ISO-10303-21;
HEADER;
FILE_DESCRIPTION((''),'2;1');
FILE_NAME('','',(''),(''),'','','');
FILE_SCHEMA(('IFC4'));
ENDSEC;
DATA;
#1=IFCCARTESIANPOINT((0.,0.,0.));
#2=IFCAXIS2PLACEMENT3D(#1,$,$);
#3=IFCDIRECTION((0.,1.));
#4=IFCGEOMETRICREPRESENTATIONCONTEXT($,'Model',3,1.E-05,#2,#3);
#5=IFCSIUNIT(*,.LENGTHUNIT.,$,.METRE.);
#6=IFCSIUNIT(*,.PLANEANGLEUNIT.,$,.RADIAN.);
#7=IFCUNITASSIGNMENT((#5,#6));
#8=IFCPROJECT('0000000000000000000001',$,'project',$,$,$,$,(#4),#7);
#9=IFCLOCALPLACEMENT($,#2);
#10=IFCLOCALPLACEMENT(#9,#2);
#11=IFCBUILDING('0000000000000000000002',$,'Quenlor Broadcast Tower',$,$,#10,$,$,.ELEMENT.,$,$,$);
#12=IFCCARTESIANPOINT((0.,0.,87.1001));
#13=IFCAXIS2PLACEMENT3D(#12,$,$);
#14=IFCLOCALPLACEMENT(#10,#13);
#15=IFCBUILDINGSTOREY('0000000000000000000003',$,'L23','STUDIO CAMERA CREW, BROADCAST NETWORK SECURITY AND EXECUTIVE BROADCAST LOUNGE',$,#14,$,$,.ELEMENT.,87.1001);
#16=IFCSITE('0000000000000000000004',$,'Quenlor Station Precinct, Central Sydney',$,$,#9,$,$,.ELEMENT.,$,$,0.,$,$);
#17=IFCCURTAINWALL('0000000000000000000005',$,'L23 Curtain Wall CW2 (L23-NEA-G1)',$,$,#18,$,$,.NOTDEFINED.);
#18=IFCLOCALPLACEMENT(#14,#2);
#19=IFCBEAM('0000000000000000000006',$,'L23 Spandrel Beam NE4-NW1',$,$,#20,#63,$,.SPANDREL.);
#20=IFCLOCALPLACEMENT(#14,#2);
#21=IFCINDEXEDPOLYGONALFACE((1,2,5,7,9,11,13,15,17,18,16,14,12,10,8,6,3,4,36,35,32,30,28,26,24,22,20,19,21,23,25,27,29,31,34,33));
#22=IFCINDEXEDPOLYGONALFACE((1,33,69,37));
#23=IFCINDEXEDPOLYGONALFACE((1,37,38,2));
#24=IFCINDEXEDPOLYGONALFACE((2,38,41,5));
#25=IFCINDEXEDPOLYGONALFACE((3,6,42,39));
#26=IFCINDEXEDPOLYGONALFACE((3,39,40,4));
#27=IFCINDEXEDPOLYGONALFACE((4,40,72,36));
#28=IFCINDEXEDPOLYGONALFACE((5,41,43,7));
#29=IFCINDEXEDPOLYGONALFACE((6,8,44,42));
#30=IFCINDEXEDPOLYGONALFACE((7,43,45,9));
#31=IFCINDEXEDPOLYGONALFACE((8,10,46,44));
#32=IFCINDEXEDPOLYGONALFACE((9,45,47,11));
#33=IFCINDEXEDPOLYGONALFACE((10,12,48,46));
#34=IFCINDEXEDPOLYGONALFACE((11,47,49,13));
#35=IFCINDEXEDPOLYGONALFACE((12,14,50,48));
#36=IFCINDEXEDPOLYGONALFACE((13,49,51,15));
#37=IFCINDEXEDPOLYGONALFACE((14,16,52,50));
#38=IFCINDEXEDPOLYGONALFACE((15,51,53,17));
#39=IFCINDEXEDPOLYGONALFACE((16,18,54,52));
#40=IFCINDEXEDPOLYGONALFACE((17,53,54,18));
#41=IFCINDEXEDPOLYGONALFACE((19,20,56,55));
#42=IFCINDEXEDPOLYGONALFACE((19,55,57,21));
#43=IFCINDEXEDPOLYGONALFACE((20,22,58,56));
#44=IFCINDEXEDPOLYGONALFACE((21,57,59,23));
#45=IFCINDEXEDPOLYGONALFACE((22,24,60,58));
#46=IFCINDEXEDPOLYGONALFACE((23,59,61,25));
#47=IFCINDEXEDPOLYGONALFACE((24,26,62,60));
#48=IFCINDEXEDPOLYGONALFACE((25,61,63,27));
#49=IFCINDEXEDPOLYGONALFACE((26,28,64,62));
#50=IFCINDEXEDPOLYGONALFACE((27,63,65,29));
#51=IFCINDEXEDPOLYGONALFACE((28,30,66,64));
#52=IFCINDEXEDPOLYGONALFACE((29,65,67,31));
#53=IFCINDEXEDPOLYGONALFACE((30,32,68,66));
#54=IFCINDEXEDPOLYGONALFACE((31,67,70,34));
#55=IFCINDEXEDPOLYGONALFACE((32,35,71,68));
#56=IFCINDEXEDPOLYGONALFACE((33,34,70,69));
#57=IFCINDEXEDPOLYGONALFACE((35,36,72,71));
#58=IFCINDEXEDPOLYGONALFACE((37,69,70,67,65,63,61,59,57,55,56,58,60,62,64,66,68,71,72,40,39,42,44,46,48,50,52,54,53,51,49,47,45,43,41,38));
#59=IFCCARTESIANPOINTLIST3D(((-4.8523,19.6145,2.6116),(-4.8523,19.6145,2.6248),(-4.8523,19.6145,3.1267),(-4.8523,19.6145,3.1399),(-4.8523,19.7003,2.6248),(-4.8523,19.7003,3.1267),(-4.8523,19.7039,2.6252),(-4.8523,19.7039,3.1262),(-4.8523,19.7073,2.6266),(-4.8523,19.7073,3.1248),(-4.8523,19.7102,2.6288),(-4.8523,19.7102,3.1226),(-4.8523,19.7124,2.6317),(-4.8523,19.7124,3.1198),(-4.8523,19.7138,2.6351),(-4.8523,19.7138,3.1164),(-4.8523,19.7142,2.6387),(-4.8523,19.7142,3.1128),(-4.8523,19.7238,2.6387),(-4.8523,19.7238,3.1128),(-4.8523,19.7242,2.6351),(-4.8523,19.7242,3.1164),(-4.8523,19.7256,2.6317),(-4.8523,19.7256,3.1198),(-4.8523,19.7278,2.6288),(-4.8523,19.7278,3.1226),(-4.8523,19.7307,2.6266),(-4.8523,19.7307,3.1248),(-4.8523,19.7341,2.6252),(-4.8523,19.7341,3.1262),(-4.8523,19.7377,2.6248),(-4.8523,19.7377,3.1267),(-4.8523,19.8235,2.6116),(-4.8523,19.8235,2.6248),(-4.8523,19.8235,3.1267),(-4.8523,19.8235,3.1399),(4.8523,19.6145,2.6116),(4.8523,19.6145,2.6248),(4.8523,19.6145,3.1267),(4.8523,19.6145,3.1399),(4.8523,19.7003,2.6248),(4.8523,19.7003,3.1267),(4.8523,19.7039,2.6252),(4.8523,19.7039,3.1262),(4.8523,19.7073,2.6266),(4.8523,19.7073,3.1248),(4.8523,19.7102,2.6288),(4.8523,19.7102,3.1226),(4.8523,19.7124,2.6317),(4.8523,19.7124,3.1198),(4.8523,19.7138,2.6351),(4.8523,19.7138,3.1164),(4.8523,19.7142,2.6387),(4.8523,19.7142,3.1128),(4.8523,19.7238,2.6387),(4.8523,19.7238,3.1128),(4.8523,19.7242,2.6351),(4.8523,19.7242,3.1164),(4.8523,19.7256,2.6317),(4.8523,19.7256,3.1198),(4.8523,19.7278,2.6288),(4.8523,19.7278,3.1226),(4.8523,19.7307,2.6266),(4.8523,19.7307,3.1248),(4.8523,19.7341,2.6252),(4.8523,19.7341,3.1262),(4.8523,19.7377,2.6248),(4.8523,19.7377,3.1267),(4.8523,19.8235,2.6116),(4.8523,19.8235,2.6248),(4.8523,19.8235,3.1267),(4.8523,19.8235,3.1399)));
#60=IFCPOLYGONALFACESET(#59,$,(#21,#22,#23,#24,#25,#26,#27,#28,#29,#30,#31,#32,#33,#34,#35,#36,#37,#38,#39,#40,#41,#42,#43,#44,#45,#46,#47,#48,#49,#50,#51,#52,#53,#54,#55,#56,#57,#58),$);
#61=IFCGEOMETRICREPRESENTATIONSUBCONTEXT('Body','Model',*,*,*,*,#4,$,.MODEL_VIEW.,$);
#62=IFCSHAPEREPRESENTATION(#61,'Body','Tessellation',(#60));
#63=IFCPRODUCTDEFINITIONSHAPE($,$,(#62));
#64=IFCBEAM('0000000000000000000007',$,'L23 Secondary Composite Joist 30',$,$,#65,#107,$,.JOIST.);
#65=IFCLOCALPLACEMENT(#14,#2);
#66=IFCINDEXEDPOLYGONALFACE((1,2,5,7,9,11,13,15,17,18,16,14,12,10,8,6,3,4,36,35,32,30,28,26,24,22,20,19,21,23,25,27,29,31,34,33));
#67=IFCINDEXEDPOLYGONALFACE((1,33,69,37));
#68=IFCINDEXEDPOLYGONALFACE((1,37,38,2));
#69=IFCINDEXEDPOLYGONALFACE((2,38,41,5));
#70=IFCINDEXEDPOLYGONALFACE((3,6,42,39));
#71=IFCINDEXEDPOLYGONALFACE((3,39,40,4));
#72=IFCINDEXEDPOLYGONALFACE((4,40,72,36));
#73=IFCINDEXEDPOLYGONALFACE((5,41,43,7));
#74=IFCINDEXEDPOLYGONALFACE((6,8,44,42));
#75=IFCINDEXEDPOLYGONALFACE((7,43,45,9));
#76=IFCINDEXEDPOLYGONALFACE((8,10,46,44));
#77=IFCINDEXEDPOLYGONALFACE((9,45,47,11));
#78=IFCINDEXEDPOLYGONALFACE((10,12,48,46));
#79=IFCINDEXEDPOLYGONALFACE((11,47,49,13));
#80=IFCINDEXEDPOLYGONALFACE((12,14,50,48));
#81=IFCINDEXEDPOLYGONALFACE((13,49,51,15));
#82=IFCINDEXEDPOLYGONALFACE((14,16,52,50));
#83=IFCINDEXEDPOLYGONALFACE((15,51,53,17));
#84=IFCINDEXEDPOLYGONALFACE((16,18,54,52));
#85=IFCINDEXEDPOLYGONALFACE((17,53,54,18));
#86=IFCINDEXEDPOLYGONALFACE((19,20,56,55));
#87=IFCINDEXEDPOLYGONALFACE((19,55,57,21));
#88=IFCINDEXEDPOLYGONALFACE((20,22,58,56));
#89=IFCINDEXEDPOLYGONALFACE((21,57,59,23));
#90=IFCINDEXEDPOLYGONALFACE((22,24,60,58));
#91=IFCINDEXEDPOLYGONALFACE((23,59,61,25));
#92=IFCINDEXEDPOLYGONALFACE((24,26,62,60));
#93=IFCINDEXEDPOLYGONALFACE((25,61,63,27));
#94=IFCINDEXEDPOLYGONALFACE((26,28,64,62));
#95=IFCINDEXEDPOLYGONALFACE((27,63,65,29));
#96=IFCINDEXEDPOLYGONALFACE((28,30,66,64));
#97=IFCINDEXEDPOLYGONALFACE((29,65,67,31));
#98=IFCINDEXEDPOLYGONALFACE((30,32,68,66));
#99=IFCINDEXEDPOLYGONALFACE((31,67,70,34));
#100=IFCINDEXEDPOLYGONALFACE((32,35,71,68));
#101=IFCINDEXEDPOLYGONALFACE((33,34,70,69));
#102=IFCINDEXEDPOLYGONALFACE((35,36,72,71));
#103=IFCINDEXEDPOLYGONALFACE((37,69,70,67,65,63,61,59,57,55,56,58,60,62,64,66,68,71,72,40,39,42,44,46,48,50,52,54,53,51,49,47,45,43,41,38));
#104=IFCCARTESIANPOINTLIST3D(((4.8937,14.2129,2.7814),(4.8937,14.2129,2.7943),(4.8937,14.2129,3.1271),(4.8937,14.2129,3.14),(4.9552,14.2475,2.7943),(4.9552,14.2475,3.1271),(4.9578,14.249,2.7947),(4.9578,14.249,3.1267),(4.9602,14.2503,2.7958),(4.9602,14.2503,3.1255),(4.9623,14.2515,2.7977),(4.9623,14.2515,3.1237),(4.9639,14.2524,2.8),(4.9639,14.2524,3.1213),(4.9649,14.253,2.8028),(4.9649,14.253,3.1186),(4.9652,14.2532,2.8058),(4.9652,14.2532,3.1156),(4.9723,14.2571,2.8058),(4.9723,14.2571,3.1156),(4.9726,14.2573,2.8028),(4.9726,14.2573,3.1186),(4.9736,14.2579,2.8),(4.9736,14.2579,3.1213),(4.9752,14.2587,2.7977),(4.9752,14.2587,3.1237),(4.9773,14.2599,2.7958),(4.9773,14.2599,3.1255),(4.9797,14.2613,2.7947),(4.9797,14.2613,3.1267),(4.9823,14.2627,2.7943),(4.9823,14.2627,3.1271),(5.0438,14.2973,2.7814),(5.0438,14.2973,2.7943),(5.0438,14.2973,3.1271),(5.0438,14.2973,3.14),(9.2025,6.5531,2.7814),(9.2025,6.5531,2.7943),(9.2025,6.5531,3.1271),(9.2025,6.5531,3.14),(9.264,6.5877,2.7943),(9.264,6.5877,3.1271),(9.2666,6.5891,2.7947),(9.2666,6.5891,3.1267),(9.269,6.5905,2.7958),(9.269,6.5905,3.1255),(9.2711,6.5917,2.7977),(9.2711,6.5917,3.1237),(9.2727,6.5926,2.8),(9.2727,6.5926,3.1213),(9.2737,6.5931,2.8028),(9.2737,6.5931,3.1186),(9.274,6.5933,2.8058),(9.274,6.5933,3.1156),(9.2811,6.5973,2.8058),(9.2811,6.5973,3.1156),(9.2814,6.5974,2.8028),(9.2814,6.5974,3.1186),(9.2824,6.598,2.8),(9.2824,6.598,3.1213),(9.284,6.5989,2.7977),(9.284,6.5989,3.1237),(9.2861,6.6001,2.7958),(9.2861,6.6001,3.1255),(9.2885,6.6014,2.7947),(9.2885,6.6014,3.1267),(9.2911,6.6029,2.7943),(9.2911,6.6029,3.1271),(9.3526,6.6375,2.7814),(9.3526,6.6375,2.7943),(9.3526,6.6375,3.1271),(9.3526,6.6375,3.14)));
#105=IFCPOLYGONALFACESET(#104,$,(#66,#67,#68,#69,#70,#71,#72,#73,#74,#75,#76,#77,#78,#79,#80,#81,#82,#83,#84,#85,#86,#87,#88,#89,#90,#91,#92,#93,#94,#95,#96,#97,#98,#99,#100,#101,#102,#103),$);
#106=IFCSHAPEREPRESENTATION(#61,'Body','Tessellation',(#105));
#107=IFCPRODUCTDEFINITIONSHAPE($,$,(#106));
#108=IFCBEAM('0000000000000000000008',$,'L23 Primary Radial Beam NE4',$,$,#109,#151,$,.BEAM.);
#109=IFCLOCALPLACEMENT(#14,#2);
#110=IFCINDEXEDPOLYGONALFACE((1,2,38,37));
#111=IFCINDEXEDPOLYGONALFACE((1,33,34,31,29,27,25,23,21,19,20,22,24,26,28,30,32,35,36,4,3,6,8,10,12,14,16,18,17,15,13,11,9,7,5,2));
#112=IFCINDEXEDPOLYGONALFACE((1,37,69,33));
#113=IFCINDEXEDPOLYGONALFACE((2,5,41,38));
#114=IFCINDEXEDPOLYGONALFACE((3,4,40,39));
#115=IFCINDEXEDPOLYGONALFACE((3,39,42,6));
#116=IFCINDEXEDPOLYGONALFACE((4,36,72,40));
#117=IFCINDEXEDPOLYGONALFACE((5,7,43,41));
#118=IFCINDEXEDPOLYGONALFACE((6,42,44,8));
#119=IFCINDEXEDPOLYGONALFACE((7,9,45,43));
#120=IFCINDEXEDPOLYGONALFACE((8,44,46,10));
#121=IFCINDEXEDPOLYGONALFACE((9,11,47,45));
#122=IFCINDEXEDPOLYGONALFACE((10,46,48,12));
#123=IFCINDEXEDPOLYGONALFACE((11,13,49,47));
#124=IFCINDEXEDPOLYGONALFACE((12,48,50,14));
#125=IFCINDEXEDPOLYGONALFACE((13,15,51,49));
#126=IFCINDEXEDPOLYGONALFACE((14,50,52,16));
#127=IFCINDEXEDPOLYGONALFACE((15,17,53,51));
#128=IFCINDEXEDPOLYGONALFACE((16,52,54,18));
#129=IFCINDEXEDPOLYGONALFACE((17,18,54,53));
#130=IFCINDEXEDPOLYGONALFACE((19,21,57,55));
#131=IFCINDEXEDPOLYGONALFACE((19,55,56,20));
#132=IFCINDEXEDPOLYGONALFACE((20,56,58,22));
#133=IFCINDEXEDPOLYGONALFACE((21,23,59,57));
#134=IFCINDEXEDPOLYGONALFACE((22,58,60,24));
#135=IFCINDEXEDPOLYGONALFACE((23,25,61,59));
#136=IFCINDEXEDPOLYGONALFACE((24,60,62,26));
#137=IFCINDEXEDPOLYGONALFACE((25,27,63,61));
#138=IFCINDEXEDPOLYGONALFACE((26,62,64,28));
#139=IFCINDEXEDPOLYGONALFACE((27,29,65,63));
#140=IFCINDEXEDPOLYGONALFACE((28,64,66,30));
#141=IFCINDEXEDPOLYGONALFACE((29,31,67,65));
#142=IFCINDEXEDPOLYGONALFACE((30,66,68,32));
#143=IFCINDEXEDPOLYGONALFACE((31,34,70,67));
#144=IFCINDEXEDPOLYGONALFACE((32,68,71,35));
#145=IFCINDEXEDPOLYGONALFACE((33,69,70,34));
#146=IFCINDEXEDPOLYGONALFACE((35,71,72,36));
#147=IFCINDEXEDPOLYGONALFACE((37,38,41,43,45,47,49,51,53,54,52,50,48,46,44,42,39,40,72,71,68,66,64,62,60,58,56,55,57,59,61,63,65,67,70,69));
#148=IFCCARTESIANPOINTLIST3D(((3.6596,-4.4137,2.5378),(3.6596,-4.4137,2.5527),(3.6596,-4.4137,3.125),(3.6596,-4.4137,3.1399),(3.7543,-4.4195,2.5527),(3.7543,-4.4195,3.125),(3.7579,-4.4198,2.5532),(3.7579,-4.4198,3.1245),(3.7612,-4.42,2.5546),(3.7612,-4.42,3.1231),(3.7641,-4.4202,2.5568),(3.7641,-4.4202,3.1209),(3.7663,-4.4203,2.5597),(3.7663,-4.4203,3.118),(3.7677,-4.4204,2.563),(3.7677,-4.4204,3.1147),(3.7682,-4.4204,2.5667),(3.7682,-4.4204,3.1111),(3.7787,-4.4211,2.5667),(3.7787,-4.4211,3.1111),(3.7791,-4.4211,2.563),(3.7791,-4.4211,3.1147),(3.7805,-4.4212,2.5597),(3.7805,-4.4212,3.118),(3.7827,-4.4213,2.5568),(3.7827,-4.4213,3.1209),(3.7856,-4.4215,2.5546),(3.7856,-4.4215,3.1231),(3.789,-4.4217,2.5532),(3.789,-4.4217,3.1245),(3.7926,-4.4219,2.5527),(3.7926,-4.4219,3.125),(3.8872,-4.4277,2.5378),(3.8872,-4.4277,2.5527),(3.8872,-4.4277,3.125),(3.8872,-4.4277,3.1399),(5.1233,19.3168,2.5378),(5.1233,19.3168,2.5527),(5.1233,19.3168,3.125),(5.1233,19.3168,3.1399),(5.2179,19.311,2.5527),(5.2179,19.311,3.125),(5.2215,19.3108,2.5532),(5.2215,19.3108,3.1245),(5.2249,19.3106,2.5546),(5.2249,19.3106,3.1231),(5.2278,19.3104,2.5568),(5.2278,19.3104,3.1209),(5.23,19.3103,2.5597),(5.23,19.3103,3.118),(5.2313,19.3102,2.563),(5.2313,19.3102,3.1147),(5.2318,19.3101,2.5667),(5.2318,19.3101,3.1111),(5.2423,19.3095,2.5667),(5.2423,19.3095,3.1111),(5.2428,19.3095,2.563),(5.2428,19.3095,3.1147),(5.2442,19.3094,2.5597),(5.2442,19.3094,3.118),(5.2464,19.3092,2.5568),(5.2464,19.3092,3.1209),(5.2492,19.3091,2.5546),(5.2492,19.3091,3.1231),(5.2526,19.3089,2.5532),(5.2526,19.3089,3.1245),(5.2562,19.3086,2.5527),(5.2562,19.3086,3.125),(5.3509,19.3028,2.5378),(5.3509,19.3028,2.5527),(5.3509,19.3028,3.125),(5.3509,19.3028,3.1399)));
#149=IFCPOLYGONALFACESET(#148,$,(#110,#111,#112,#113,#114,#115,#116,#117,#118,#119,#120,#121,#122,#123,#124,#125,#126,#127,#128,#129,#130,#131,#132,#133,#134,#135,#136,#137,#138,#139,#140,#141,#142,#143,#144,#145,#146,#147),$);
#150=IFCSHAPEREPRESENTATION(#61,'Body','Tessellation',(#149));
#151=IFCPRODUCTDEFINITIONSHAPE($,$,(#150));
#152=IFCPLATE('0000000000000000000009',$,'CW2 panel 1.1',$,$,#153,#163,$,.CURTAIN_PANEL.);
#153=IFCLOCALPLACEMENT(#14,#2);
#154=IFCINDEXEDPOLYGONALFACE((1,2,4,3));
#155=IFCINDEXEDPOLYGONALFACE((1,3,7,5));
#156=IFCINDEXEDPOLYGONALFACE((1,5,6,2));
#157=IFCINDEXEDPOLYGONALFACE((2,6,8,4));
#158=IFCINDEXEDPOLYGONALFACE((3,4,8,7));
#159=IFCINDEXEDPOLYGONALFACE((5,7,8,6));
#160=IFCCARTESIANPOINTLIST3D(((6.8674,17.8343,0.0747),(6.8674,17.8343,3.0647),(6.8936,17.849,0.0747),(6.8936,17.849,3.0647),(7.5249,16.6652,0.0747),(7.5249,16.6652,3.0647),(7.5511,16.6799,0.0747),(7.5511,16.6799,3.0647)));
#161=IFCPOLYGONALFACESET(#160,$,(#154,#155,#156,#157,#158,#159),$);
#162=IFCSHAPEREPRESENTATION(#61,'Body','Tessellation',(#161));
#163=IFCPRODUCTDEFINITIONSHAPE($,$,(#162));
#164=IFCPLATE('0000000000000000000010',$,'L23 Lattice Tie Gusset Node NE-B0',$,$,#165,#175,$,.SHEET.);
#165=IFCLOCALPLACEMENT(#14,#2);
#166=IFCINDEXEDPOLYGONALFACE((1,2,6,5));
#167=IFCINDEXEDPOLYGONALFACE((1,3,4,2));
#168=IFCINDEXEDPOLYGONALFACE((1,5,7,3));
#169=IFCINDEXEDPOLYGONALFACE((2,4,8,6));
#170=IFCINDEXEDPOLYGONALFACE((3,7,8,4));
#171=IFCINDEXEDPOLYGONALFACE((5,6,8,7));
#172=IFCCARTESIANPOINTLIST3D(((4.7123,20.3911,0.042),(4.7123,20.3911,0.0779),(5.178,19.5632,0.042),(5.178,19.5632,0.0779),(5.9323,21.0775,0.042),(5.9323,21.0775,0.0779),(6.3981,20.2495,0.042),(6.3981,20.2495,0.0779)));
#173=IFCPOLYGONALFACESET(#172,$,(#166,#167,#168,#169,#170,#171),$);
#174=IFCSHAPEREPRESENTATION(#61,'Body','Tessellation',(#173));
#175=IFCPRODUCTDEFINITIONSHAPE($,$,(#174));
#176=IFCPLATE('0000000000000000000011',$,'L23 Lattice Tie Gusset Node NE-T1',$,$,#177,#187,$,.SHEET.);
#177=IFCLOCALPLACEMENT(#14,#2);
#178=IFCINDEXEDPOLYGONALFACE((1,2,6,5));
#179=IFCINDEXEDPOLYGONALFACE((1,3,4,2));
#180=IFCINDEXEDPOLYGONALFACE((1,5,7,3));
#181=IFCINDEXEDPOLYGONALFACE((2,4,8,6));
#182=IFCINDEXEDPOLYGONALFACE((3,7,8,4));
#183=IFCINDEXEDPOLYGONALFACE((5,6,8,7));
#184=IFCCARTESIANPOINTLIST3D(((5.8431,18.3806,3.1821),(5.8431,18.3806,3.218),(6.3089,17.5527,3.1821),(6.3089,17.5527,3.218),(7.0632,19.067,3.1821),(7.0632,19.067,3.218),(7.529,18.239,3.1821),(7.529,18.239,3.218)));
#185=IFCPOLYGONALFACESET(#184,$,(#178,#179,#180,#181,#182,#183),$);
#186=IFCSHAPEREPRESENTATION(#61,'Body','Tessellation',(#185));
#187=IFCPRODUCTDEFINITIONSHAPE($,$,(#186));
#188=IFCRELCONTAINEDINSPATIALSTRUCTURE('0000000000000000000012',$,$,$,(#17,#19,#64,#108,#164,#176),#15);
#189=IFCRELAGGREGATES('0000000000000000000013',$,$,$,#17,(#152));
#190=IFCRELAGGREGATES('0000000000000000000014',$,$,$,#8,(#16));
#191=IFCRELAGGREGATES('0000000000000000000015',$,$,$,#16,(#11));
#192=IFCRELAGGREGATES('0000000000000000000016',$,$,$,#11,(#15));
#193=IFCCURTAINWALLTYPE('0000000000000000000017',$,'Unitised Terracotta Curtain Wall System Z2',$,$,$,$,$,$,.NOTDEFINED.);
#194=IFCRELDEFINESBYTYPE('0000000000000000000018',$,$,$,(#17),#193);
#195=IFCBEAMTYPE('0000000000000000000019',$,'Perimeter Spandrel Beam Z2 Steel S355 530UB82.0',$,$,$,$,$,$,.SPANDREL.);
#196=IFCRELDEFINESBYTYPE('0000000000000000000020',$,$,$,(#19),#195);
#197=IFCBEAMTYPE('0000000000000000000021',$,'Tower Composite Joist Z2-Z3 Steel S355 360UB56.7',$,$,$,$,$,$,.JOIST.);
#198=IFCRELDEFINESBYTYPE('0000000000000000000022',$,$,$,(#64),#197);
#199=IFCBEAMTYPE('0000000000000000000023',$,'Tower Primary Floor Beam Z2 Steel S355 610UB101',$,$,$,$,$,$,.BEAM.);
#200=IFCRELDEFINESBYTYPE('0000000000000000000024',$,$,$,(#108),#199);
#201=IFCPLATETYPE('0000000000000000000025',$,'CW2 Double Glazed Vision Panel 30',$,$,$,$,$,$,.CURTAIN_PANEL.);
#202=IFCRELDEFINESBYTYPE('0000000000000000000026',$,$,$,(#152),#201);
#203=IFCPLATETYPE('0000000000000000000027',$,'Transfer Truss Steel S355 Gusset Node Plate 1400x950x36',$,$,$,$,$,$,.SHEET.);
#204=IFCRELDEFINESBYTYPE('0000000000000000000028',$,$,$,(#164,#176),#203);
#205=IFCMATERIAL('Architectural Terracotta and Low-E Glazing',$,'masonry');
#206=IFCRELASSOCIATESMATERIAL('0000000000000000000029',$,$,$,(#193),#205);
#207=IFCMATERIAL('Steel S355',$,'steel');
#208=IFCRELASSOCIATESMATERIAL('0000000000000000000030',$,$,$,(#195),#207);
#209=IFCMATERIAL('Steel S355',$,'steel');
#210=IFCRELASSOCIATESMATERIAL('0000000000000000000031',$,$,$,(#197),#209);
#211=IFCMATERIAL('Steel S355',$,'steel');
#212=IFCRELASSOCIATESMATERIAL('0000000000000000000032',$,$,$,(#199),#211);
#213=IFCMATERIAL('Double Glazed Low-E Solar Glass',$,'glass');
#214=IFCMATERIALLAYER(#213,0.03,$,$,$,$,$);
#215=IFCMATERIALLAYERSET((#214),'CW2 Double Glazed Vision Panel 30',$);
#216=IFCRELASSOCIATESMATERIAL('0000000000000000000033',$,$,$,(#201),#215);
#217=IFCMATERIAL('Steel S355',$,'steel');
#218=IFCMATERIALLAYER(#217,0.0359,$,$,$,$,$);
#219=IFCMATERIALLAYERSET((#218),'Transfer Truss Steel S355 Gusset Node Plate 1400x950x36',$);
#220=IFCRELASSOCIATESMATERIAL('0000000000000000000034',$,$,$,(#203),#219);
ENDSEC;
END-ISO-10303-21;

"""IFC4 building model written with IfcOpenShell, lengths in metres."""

from ifc_helpers import new_model, si_unit, direction, frame, origin, origin_2d, place, context, subcontext, project, spatial, rectangle, i_section, extrude, material, layer, layer_set, material_profile, profile_set, type_object, element, aggregate, save


model = new_model("IFC4")

# Units and contexts
model_context = context("Model", 3, precision=1e-05, world=origin(), true_north=direction((0.0, 1.0)))
body_context = subcontext(model_context, "Body", "Model", "MODEL_VIEW")
ifc_project = project(units=[si_unit("LENGTHUNIT", "METRE"), si_unit("PLANEANGLEUNIT", "RADIAN")], contexts=[model_context])

# Site, building, storey
site_placement = place(None, origin())
site = spatial("IfcSite", under=ifc_project, at=site_placement, Name="Quenlor Station Precinct, Central Sydney", CompositionType="ELEMENT", RefElevation=0.0)
building_placement = place(site_placement, origin())
building = spatial("IfcBuilding", under=site, at=building_placement, Name="Quenlor Broadcast Tower", CompositionType="ELEMENT")
storey_placement = place(building_placement, frame((0.0, 0.0, 87.1001)))
storey = spatial("IfcBuildingStorey", under=building, at=storey_placement, Name="L23", Description="STUDIO CAMERA CREW, BROADCAST NETWORK SECURITY AND EXECUTIVE BROADCAST LOUNGE", CompositionType="ELEMENT", Elevation=87.1001)

# Curtain wall
ifc_material_1 = material(Name="Architectural Terracotta and Low-E Glazing", Category="masonry")
curtain_wall_type = type_object("IfcCurtainWallType", Name="Unitised Terracotta Curtain Wall System Z2", PredefinedType="NOTDEFINED", material=ifc_material_1)
curtain_wall_1_placement = place(storey_placement, origin())
curtain_wall_1 = element("IfcCurtainWall", 1, at=curtain_wall_1_placement, inside=storey, type_object=curtain_wall_type, Name="L23 Curtain Wall CW2 (L23-NEA-G1)", PredefinedType="NOTDEFINED")

# Beams
ifc_material_2 = material(Name="Steel S355", Category="steel")
ifc_material_profile_1 = material_profile(ifc_material_2, i_section(OverallWidth=0.209, OverallDepth=0.5283, WebThickness=0.0095, FlangeThickness=0.0132, FilletRadius=0.0139, at=origin_2d()))
ifc_profile_set_1 = profile_set([ifc_material_profile_1], Name="Steel S355 530UB82.0")
beam_type_1 = type_object("IfcBeamType", Name="Perimeter Spandrel Beam Z2 Steel S355 530UB82.0", PredefinedType="SPANDREL", material=ifc_profile_set_1)
beam_1_placement = place(storey_placement, frame((4.8523, 19.719, 2.8757), z_axis=(-1.0, 0.0, 0.0), x_axis=(0.0, -1.0, 0.0)))
element("IfcBeam", 2, at=beam_1_placement, inside=storey, type_object=beam_type_1, Name="L23 Spandrel Beam NE4-NW1", PredefinedType="SPANDREL", context=body_context, shape_type="SweptSolid", body=[
    extrude(i_section(OverallWidth=0.209, OverallDepth=0.5283, WebThickness=0.0095, FlangeThickness=0.0132, FilletRadius=0.0139, at=origin_2d()), origin(), (0.0, 0.0, 1.0), 9.7046),
])
ifc_material_3 = material(Name="Steel S355", Category="steel")
ifc_material_profile_2 = material_profile(ifc_material_3, i_section(OverallWidth=0.1721, OverallDepth=0.3586, WebThickness=0.0081, FlangeThickness=0.0129, FilletRadius=0.0115, at=origin_2d()))
ifc_profile_set_2 = profile_set([ifc_material_profile_2], Name="Steel S355 360UB56.7")
beam_type_2 = type_object("IfcBeamType", Name="Tower Composite Joist Z2-Z3 Steel S355 360UB56.7", PredefinedType="JOIST", material=ifc_profile_set_2)
beam_2_placement = place(storey_placement, frame((4.9688, 14.2551, 2.9607), z_axis=(0.490273, -0.871569, 0.0), x_axis=(0.871569, 0.490273, 0.0)))
element("IfcBeam", 3, at=beam_2_placement, inside=storey, type_object=beam_type_2, Name="L23 Secondary Composite Joist 30", PredefinedType="JOIST", context=body_context, shape_type="SweptSolid", body=[
    extrude(i_section(OverallWidth=0.1721, OverallDepth=0.3586, WebThickness=0.0081, FlangeThickness=0.0129, FilletRadius=0.0115, at=origin_2d()), origin(), (0.0, 0.0, 1.0), 8.7886),
])
ifc_material_4 = material(Name="Steel S355", Category="steel")
ifc_material_profile_3 = material_profile(ifc_material_4, i_section(OverallWidth=0.228, OverallDepth=0.6021, WebThickness=0.0105, FlangeThickness=0.0149, FilletRadius=0.0139, at=origin_2d()))
ifc_profile_set_3 = profile_set([ifc_material_profile_3], Name="Steel S355 610UB101")
beam_type_3 = type_object("IfcBeamType", Name="Tower Primary Floor Beam Z2 Steel S355 610UB101", PredefinedType="BEAM", material=ifc_profile_set_3)
beam_3_placement = place(storey_placement, frame((5.2371, 19.3098, 2.8389), z_axis=(-0.06156, -0.998103, 0.0), x_axis=(0.998103, -0.06156, 0.0)))
element("IfcBeam", 4, at=beam_3_placement, inside=storey, type_object=beam_type_3, Name="L23 Primary Radial Beam NE4", PredefinedType="BEAM", context=body_context, shape_type="SweptSolid", body=[
    extrude(i_section(OverallWidth=0.228, OverallDepth=0.6021, WebThickness=0.0105, FlangeThickness=0.0149, FilletRadius=0.0139, at=origin_2d()), origin(), (0.0, 0.0, 1.0), 23.7756),
])

# Plate
ifc_material_5 = material(Name="Double Glazed Low-E Solar Glass", Category="glass")
ifc_layer_1 = layer(ifc_material_5, 0.03)
ifc_layer_set_1 = layer_set([ifc_layer_1], Name="CW2 Double Glazed Vision Panel 30")
plate_type_1 = type_object("IfcPlateType", Name="CW2 Double Glazed Vision Panel 30", PredefinedType="CURTAIN_PANEL", material=ifc_layer_set_1)
plate_placement = place(storey_placement, frame((7.2092, 17.2571, 0.0747), z_axis=(0.0, 0.0, 1.0), x_axis=(0.490213, -0.871602, 0.0)))
plate = element("IfcPlate", 5, at=plate_placement, type_object=plate_type_1, Name="CW2 panel 1.1", PredefinedType="CURTAIN_PANEL", context=body_context, shape_type="SweptSolid", body=[
    extrude(rectangle(XDim=1.3413, YDim=0.03, at=origin_2d()), origin(), (0.0, 0.0, 1.0), 2.99),
])
aggregate(curtain_wall_1, [plate])

# Plates
ifc_material_6 = material(Name="Steel S355", Category="steel")
ifc_layer_2 = layer(ifc_material_6, 0.0359)
ifc_layer_set_2 = layer_set([ifc_layer_2], Name="Transfer Truss Steel S355 Gusset Node Plate 1400x950x36")
plate_type_2 = type_object("IfcPlateType", Name="Transfer Truss Steel S355 Gusset Node Plate 1400x950x36", PredefinedType="SHEET", material=ifc_layer_set_2)
for number, where, z_axis, x_axis, name in (
    (6, (5.5552, 20.3203, 0.042), (0.0, 0.0, 1.0), (0.871556, 0.490295, 0.0), "L23 Lattice Tie Gusset Node NE-B0"),
    (7, (6.686, 18.3098, 3.1821), (0.0, 0.0, 1.0), (0.871556, 0.490295, 0.0), "L23 Lattice Tie Gusset Node NE-T1"),
):
    element("IfcPlate", number, at=place(storey_placement, frame(where, z_axis=z_axis, x_axis=x_axis)), inside=storey, type_object=plate_type_2, Name=name, PredefinedType="SHEET", context=body_context, shape_type="SweptSolid", body=[
        extrude(rectangle(XDim=1.3999, YDim=0.95, at=origin_2d()), origin(), (0.0, 0.0, 1.0), 0.0359),
    ])

save(model, "model.ifc")
